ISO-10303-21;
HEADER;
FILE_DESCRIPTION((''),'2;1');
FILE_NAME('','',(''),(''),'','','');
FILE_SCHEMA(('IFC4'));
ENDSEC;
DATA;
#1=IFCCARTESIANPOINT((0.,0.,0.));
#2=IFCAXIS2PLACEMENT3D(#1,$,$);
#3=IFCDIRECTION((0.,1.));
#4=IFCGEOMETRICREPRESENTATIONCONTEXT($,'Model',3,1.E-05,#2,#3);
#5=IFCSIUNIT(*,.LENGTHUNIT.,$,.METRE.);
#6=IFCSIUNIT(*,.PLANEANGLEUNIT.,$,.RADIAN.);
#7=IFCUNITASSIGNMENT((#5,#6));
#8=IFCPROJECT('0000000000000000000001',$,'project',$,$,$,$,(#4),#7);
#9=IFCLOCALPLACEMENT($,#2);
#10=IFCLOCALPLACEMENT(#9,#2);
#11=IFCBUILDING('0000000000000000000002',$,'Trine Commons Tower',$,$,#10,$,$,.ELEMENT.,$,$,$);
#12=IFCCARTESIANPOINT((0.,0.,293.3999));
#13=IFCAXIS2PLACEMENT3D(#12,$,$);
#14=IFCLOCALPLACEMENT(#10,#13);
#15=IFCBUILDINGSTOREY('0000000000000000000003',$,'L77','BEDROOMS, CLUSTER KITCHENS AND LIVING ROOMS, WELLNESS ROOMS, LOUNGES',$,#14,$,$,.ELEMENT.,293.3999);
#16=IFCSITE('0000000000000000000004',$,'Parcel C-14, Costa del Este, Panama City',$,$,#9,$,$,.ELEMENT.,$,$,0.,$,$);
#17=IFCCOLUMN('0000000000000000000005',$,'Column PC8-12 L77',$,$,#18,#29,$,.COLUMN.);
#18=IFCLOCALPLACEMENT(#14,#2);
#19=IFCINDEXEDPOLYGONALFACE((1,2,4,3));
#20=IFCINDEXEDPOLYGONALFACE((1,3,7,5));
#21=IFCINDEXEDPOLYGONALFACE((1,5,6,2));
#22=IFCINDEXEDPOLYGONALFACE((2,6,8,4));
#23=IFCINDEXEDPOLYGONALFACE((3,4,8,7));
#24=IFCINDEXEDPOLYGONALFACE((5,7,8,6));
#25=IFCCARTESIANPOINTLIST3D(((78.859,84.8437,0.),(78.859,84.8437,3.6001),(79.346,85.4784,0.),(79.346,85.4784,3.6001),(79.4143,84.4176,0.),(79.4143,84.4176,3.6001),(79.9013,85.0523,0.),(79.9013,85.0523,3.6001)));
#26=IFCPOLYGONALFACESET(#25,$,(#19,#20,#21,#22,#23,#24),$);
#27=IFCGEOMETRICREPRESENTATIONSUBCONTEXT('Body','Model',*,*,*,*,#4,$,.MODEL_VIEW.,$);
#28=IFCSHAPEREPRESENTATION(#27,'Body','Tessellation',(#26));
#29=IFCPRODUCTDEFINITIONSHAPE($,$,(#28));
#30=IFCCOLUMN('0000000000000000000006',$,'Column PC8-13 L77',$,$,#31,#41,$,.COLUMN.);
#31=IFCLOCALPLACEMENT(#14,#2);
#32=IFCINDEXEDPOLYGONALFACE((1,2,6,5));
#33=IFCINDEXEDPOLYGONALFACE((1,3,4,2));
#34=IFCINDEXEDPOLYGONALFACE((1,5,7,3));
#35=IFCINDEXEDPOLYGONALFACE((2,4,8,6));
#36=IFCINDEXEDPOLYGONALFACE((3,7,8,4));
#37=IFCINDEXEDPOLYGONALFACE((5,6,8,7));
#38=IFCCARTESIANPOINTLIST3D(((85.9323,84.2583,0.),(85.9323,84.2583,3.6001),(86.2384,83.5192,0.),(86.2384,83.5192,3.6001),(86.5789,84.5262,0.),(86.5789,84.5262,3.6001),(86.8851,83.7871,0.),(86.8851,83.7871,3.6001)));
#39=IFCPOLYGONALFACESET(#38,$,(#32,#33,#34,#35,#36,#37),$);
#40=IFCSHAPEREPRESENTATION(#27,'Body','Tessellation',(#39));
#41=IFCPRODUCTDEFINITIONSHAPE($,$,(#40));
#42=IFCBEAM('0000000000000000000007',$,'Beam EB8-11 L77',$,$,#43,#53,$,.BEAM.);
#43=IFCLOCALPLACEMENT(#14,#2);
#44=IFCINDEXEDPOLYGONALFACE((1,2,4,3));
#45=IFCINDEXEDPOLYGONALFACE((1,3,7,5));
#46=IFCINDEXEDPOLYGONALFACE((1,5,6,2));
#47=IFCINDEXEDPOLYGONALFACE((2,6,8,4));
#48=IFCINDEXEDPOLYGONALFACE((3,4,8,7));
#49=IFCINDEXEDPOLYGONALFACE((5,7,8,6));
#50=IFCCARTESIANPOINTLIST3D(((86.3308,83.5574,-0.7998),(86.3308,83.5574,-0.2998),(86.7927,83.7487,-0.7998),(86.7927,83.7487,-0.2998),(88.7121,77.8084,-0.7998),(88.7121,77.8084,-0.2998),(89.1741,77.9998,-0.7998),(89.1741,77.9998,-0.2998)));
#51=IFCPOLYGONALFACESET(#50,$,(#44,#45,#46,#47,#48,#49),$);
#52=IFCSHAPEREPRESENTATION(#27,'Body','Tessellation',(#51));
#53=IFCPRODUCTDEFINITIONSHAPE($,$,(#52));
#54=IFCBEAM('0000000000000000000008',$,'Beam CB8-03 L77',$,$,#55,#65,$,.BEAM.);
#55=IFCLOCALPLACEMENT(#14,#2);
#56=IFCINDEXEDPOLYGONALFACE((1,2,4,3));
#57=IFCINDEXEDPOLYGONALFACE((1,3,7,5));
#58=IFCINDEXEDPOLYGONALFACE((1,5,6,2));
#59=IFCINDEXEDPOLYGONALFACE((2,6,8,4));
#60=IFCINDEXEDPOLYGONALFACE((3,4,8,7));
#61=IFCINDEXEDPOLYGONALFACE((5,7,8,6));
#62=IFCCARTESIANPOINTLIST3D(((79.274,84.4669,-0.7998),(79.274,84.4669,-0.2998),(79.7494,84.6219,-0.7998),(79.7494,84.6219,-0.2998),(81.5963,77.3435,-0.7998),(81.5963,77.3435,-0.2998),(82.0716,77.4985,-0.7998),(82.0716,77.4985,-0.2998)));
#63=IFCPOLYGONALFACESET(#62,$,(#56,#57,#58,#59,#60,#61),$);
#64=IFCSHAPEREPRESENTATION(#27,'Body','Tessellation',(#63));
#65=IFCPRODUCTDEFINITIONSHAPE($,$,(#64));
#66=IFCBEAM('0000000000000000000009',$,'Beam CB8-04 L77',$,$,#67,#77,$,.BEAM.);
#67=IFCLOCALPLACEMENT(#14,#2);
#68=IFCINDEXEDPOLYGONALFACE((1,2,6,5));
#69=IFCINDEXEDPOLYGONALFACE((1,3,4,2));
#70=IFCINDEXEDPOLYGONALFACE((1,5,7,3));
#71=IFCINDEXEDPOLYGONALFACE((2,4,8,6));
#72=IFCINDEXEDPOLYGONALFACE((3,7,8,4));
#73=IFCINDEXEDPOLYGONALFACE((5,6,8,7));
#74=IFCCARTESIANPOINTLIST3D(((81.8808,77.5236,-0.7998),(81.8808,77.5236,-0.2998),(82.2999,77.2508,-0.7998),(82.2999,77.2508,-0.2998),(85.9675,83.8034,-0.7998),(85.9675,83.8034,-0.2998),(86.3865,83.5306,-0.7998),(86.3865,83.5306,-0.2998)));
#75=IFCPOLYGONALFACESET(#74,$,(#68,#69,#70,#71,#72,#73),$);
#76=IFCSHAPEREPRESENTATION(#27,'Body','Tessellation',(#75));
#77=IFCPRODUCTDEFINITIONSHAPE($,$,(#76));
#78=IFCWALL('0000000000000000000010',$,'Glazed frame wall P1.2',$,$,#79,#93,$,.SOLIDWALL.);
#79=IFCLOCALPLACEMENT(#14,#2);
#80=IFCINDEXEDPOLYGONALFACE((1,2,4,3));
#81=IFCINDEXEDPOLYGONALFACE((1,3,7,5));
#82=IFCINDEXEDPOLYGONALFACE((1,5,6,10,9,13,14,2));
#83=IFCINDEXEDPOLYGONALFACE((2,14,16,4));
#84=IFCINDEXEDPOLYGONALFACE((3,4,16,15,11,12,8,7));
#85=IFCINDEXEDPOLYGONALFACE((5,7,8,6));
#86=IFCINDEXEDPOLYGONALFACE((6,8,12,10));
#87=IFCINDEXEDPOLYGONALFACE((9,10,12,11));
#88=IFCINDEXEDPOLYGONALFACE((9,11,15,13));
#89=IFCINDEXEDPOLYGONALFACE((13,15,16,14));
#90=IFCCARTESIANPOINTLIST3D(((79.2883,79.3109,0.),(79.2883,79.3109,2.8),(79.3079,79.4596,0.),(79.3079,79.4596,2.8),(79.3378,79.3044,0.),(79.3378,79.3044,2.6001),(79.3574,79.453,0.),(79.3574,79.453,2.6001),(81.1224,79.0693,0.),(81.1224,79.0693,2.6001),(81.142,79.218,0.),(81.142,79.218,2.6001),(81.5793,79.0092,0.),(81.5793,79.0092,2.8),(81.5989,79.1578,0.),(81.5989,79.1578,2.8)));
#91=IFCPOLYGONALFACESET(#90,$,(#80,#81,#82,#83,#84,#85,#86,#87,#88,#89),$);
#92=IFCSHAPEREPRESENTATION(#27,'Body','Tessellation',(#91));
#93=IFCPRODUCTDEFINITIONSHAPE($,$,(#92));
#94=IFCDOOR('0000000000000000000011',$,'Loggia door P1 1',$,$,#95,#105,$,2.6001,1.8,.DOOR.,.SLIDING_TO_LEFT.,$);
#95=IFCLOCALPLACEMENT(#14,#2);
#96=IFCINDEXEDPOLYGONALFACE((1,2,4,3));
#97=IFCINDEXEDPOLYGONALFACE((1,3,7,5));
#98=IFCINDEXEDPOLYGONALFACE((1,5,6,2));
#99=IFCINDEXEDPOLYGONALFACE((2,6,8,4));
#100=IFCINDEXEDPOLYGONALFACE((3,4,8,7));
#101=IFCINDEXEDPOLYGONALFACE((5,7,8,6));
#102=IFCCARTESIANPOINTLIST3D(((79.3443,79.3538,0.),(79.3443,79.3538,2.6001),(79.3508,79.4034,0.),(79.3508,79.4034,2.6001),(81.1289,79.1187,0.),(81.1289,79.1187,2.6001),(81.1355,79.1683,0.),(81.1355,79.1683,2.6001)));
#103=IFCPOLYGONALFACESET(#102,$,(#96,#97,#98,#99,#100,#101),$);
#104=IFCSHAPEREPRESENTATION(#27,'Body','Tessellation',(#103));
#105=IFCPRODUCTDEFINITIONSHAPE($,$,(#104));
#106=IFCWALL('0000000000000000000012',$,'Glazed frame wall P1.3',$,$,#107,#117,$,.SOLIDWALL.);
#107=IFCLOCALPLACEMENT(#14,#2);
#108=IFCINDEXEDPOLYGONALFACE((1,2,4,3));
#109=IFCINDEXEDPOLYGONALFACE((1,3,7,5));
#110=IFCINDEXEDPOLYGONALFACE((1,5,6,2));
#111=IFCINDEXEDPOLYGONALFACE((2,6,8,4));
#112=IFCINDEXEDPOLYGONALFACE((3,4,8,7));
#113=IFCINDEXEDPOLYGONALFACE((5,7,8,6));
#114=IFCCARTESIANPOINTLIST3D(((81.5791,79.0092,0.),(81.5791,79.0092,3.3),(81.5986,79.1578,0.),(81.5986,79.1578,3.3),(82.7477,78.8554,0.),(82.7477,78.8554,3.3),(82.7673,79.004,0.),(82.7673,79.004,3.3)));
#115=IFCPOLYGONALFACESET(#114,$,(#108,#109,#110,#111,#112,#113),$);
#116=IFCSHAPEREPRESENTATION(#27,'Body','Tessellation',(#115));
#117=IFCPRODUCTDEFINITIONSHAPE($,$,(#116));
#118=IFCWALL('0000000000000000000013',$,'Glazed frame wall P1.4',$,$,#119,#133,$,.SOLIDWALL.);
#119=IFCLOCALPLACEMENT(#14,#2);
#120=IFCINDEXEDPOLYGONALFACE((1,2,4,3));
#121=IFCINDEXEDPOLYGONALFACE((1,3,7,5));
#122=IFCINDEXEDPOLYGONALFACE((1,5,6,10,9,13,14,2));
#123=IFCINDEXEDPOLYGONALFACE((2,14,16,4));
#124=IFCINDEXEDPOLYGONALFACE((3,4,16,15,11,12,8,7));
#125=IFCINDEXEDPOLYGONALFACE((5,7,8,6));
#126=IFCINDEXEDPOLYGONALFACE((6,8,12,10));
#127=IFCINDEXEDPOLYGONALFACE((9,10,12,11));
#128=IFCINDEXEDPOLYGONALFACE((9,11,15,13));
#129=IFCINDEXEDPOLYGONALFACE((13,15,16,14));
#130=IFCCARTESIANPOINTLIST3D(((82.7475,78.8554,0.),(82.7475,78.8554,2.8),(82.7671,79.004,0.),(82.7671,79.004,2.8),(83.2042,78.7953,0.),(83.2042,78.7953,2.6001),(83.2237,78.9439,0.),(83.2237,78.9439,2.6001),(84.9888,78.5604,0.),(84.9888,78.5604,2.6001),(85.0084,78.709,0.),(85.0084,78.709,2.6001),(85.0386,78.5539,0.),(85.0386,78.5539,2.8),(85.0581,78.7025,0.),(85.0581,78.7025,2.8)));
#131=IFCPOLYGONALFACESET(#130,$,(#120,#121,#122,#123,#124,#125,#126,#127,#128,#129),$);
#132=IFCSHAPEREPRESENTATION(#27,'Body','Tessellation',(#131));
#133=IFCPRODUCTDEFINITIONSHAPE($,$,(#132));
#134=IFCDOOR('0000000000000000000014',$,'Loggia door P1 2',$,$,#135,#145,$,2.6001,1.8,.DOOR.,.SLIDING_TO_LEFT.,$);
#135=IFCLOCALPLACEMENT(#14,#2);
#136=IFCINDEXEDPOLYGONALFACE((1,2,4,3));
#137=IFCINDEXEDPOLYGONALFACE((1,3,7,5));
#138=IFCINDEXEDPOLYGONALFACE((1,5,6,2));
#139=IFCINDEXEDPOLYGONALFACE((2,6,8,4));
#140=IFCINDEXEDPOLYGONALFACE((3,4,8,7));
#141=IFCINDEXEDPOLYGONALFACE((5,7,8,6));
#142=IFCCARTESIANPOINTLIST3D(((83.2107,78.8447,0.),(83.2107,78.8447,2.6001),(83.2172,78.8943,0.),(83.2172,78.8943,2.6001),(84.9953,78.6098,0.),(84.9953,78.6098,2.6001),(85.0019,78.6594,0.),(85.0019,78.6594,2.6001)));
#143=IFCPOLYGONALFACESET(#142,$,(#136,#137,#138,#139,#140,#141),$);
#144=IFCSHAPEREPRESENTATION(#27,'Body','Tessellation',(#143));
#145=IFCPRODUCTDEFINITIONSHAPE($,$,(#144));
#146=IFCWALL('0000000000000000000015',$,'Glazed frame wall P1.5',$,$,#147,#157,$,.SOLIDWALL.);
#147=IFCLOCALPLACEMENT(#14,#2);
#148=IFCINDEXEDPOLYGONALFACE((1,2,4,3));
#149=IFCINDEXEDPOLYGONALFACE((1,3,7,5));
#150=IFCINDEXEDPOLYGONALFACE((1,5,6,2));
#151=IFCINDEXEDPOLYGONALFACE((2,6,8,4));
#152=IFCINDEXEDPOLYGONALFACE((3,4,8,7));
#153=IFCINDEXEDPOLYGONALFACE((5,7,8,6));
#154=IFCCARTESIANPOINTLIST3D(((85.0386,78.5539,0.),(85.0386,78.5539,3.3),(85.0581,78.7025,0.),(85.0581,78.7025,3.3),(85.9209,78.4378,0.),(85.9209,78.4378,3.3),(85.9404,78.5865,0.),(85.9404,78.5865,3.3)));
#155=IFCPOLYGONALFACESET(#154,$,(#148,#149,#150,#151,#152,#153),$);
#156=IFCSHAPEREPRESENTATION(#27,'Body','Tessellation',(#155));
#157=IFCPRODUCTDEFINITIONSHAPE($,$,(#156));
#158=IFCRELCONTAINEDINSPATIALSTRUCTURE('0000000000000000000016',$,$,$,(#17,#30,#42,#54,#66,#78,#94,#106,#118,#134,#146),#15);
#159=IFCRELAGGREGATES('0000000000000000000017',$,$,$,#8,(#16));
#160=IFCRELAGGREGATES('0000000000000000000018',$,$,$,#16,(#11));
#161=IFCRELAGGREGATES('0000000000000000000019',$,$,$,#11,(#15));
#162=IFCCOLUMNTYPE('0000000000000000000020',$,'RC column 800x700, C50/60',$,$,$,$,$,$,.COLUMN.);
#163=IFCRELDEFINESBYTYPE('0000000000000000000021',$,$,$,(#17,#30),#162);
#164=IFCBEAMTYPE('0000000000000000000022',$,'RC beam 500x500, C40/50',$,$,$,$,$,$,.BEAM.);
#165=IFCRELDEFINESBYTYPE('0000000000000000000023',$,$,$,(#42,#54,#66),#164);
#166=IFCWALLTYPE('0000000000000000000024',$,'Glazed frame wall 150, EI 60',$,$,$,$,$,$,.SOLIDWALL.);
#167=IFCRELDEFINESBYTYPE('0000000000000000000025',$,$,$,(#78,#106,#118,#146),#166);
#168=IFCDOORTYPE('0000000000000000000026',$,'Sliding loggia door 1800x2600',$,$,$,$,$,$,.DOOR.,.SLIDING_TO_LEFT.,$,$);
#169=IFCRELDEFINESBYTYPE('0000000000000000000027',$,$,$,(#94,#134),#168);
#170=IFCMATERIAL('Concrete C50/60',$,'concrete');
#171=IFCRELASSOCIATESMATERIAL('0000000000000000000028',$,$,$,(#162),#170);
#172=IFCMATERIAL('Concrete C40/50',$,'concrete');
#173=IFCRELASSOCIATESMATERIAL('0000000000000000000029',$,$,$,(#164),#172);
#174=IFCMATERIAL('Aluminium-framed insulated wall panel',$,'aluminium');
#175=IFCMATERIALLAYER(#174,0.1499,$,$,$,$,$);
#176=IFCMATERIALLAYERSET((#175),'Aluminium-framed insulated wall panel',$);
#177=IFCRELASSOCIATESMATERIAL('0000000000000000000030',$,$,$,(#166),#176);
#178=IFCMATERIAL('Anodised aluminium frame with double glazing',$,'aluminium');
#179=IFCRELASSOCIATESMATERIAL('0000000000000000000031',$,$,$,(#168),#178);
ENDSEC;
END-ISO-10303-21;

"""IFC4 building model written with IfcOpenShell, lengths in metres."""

from ifc_helpers import new_model, si_unit, direction, frame, frame_2d, origin, origin_2d, place, context, subcontext, project, spatial, polyline, rectangle, outline, extrude, material, layer, layer_set, material_profile, profile_set, type_object, element, fill, save


model = new_model("IFC4")

# Units and contexts
model_context = context("Model", 3, precision=1e-05, world=origin(), true_north=direction((0.0, 1.0)))
body_context = subcontext(model_context, "Body", "Model", "MODEL_VIEW")
ifc_project = project(units=[si_unit("LENGTHUNIT", "METRE"), si_unit("PLANEANGLEUNIT", "RADIAN")], contexts=[model_context])

# Site, building, storey
site_placement = place(None, origin())
site = spatial("IfcSite", under=ifc_project, at=site_placement, Name="Parcel C-14, Costa del Este, Panama City", CompositionType="ELEMENT", RefElevation=0.0)
building_placement = place(site_placement, origin())
building = spatial("IfcBuilding", under=site, at=building_placement, Name="Trine Commons Tower", CompositionType="ELEMENT")
storey_placement = place(building_placement, frame((0.0, 0.0, 293.3999)))
storey = spatial("IfcBuildingStorey", under=building, at=storey_placement, Name="L77", Description="BEDROOMS, CLUSTER KITCHENS AND LIVING ROOMS, WELLNESS ROOMS, LOUNGES", CompositionType="ELEMENT", Elevation=293.3999)

# Columns
ifc_material_1 = material(Name="Concrete C50/60", Category="concrete")
ifc_material_profile_1 = material_profile(ifc_material_1, rectangle(XDim=0.8, YDim=0.7, at=origin_2d()), Name="RC 800x700")
ifc_profile_set_1 = profile_set([ifc_material_profile_1], Name="Concrete C50/60")
column_type = type_object("IfcColumnType", Name="RC column 800x700, C50/60", PredefinedType="COLUMN", material=ifc_profile_set_1)
for number, where, z_axis, x_axis, name in (
    (1, (79.3801, 84.948, 0.0), (0.0, 0.0, 1.0), (0.608761, 0.793353, 0.0), "Column PC8-12 L77"),
    (2, (86.4087, 84.0227, 0.0), (0.0, 0.0, 1.0), (-0.382683, 0.92388, 0.0), "Column PC8-13 L77"),
):
    element("IfcColumn", number, at=place(storey_placement, frame(where, z_axis=z_axis, x_axis=x_axis)), inside=storey, type_object=column_type, Name=name, PredefinedType="COLUMN", context=body_context, shape_type="SweptSolid", body=[
        extrude(rectangle(XDim=0.8, YDim=0.7, at=origin_2d()), origin(), (0.0, 0.0, 1.0), 3.6001),
    ])

# Beams
ifc_material_2 = material(Name="Concrete C40/50", Category="concrete")
ifc_material_profile_2 = material_profile(ifc_material_2, rectangle(XDim=0.5, YDim=0.5, at=origin_2d()), Name="RC 500x500")
ifc_profile_set_2 = profile_set([ifc_material_profile_2], Name="Concrete C40/50")
beam_type = type_object("IfcBeamType", Name="RC beam 500x500, C40/50", PredefinedType="BEAM", material=ifc_profile_set_2)
beam_placement = place(storey_placement, frame((86.5618, 83.6531, -0.5498), z_axis=(0.382687, -0.923878, 0.0), x_axis=(0.923878, 0.382687, 0.0)))
element("IfcBeam", 3, at=beam_placement, inside=storey, type_object=beam_type, Name="Beam EB8-11 L77", PredefinedType="BEAM", context=body_context, shape_type="SweptSolid", body=[
    extrude(rectangle(XDim=0.5, YDim=0.5, at=origin_2d()), origin(), (0.0, 0.0, 1.0), 6.2227),
])
for number, where, z_axis, x_axis, name in (
    (4, (79.5117, 84.5444, -0.5498), (0.309945, -0.950754, 0.0), (0.950754, 0.309945, 0.0), "Beam CB8-03 L77"),
    (5, (86.177, 83.667, -0.5498), (-0.54544, -0.83815, 0.0), (0.83815, -0.54544, 0.0), "Beam CB8-04 L77"),
):
    element("IfcBeam", number, at=place(storey_placement, frame(where, z_axis=z_axis, x_axis=x_axis)), inside=storey, type_object=beam_type, Name=name, PredefinedType="BEAM", context=body_context, shape_type="SweptSolid", body=[
        extrude(rectangle(XDim=0.5, YDim=0.5, at=origin_2d()), origin(), (0.0, 0.0, 1.0), 7.4924),
    ])

# Wall, opening, door
ifc_material_3 = material(Name="Aluminium-framed insulated wall panel", Category="aluminium")
ifc_layer_1 = layer(ifc_material_3, 0.1499)
ifc_layer_set_1 = layer_set([ifc_layer_1], Name="Aluminium-framed insulated wall panel")
wall_type_1 = type_object("IfcWallType", Name="Glazed frame wall 150, EI 60", PredefinedType="SOLIDWALL", material=ifc_layer_set_1)
wall_1_placement = place(storey_placement, frame((79.2981, 79.3853, 0.0), z_axis=(0.0, 0.0, 1.0), x_axis=(0.991435, -0.130599, 0.0)))
wall_1 = element("IfcWall", 6, at=wall_1_placement, inside=storey, type_object=wall_type_1, Name="Glazed frame wall P1.2", PredefinedType="SOLIDWALL", context=body_context, shape_type="SweptSolid", body=[
    extrude(outline(polyline([(0.0, -0.075), (2.3108, -0.075), (2.3108, 0.075), (0.0, 0.075), (0.0, -0.075)])), origin(), (0.0, 0.0, 1.0), 2.8),
])
opening_1_placement = place(wall_1_placement, frame((0.05, 0.0, 0.0)))
opening_1 = element("IfcOpeningElement", 7, at=opening_1_placement, cuts=wall_1, PredefinedType="OPENING", context=body_context, shape_type="SweptSolid", body=[
    extrude(rectangle(XDim=1.8, YDim=2.6001, at=frame_2d((0.8999, 1.3))), frame((0.0, 0.085, 0.0), z_axis=(0.0, -1.0, 0.0), x_axis=(1.0, 0.0, 0.0)), (0.0, 0.0, 1.0), 0.1699),
])
ifc_material_4 = material(Name="Anodised aluminium frame with double glazing", Category="aluminium")
door_type = type_object("IfcDoorType", Name="Sliding loggia door 1800x2600", OperationType="SLIDING_TO_LEFT", PredefinedType="DOOR", material=ifc_material_4)
door_1_placement = place(opening_1_placement, origin())
door_1 = element("IfcDoor", 8, at=door_1_placement, inside=storey, type_object=door_type, Name="Loggia door P1 1", OperationType="SLIDING_TO_LEFT", OverallHeight=2.6001, OverallWidth=1.8, PredefinedType="DOOR", context=body_context, shape_type="SweptSolid", body=[
    extrude(rectangle(XDim=1.8, YDim=2.6001, at=frame_2d((0.8999, 1.3))), frame((0.0, 0.0249, 0.0), z_axis=(0.0, -1.0, 0.0), x_axis=(1.0, 0.0, 0.0)), (0.0, 0.0, 1.0), 0.05),
])
fill(opening_1, door_1)

# Wall
wall_2_placement = place(storey_placement, frame((81.5889, 79.0835, 0.0), z_axis=(0.0, 0.0, 1.0), x_axis=(0.991447, -0.130508, 0.0)))
element("IfcWall", 9, at=wall_2_placement, inside=storey, type_object=wall_type_1, Name="Glazed frame wall P1.3", PredefinedType="SOLIDWALL", context=body_context, shape_type="SweptSolid", body=[
    extrude(outline(polyline([(0.0, -0.075), (1.1787, -0.075), (1.1787, 0.075), (0.0, 0.075), (0.0, -0.075)])), origin(), (0.0, 0.0, 1.0), 3.3),
])

# Wall, opening, door
wall_3_placement = place(storey_placement, frame((82.7573, 78.9297, 0.0), z_axis=(0.0, 0.0, 1.0), x_axis=(0.991451, -0.130482, 0.0)))
wall_3 = element("IfcWall", 10, at=wall_3_placement, inside=storey, type_object=wall_type_1, Name="Glazed frame wall P1.4", PredefinedType="SOLIDWALL", context=body_context, shape_type="SweptSolid", body=[
    extrude(outline(polyline([(0.0, -0.075), (2.3108, -0.075), (2.3108, 0.075), (0.0, 0.075), (0.0, -0.075)])), origin(), (0.0, 0.0, 1.0), 2.8),
])
opening_2_placement = place(wall_3_placement, frame((0.4607, 0.0, 0.0)))
opening_2 = element("IfcOpeningElement", 11, at=opening_2_placement, cuts=wall_3, PredefinedType="OPENING", context=body_context, shape_type="SweptSolid", body=[
    extrude(rectangle(XDim=1.8, YDim=2.6001, at=frame_2d((0.8999, 1.3))), frame((0.0, 0.085, 0.0), z_axis=(0.0, -1.0, 0.0), x_axis=(1.0, 0.0, 0.0)), (0.0, 0.0, 1.0), 0.1699),
])
door_2_placement = place(opening_2_placement, origin())
door_2 = element("IfcDoor", 12, at=door_2_placement, inside=storey, type_object=door_type, Name="Loggia door P1 2", OperationType="SLIDING_TO_LEFT", OverallHeight=2.6001, OverallWidth=1.8, PredefinedType="DOOR", context=body_context, shape_type="SweptSolid", body=[
    extrude(rectangle(XDim=1.8, YDim=2.6001, at=frame_2d((0.8999, 1.3))), frame((0.0, 0.0249, 0.0), z_axis=(0.0, -1.0, 0.0), x_axis=(1.0, 0.0, 0.0)), (0.0, 0.0, 1.0), 0.05),
])
fill(opening_2, door_2)

# Wall
wall_4_placement = place(storey_placement, frame((85.0483, 78.6282, 0.0), z_axis=(0.0, 0.0, 1.0), x_axis=(0.991465, -0.130372, 0.0)))
element("IfcWall", 13, at=wall_4_placement, inside=storey, type_object=wall_type_1, Name="Glazed frame wall P1.5", PredefinedType="SOLIDWALL", context=body_context, shape_type="SweptSolid", body=[
    extrude(outline(polyline([(0.8899, 0.075), (0.0, 0.075), (0.0, -0.075), (0.8899, -0.075), (0.8899, 0.075)])), origin(), (0.0, 0.0, 1.0), 3.3),
])

save(model, "model.ifc")
